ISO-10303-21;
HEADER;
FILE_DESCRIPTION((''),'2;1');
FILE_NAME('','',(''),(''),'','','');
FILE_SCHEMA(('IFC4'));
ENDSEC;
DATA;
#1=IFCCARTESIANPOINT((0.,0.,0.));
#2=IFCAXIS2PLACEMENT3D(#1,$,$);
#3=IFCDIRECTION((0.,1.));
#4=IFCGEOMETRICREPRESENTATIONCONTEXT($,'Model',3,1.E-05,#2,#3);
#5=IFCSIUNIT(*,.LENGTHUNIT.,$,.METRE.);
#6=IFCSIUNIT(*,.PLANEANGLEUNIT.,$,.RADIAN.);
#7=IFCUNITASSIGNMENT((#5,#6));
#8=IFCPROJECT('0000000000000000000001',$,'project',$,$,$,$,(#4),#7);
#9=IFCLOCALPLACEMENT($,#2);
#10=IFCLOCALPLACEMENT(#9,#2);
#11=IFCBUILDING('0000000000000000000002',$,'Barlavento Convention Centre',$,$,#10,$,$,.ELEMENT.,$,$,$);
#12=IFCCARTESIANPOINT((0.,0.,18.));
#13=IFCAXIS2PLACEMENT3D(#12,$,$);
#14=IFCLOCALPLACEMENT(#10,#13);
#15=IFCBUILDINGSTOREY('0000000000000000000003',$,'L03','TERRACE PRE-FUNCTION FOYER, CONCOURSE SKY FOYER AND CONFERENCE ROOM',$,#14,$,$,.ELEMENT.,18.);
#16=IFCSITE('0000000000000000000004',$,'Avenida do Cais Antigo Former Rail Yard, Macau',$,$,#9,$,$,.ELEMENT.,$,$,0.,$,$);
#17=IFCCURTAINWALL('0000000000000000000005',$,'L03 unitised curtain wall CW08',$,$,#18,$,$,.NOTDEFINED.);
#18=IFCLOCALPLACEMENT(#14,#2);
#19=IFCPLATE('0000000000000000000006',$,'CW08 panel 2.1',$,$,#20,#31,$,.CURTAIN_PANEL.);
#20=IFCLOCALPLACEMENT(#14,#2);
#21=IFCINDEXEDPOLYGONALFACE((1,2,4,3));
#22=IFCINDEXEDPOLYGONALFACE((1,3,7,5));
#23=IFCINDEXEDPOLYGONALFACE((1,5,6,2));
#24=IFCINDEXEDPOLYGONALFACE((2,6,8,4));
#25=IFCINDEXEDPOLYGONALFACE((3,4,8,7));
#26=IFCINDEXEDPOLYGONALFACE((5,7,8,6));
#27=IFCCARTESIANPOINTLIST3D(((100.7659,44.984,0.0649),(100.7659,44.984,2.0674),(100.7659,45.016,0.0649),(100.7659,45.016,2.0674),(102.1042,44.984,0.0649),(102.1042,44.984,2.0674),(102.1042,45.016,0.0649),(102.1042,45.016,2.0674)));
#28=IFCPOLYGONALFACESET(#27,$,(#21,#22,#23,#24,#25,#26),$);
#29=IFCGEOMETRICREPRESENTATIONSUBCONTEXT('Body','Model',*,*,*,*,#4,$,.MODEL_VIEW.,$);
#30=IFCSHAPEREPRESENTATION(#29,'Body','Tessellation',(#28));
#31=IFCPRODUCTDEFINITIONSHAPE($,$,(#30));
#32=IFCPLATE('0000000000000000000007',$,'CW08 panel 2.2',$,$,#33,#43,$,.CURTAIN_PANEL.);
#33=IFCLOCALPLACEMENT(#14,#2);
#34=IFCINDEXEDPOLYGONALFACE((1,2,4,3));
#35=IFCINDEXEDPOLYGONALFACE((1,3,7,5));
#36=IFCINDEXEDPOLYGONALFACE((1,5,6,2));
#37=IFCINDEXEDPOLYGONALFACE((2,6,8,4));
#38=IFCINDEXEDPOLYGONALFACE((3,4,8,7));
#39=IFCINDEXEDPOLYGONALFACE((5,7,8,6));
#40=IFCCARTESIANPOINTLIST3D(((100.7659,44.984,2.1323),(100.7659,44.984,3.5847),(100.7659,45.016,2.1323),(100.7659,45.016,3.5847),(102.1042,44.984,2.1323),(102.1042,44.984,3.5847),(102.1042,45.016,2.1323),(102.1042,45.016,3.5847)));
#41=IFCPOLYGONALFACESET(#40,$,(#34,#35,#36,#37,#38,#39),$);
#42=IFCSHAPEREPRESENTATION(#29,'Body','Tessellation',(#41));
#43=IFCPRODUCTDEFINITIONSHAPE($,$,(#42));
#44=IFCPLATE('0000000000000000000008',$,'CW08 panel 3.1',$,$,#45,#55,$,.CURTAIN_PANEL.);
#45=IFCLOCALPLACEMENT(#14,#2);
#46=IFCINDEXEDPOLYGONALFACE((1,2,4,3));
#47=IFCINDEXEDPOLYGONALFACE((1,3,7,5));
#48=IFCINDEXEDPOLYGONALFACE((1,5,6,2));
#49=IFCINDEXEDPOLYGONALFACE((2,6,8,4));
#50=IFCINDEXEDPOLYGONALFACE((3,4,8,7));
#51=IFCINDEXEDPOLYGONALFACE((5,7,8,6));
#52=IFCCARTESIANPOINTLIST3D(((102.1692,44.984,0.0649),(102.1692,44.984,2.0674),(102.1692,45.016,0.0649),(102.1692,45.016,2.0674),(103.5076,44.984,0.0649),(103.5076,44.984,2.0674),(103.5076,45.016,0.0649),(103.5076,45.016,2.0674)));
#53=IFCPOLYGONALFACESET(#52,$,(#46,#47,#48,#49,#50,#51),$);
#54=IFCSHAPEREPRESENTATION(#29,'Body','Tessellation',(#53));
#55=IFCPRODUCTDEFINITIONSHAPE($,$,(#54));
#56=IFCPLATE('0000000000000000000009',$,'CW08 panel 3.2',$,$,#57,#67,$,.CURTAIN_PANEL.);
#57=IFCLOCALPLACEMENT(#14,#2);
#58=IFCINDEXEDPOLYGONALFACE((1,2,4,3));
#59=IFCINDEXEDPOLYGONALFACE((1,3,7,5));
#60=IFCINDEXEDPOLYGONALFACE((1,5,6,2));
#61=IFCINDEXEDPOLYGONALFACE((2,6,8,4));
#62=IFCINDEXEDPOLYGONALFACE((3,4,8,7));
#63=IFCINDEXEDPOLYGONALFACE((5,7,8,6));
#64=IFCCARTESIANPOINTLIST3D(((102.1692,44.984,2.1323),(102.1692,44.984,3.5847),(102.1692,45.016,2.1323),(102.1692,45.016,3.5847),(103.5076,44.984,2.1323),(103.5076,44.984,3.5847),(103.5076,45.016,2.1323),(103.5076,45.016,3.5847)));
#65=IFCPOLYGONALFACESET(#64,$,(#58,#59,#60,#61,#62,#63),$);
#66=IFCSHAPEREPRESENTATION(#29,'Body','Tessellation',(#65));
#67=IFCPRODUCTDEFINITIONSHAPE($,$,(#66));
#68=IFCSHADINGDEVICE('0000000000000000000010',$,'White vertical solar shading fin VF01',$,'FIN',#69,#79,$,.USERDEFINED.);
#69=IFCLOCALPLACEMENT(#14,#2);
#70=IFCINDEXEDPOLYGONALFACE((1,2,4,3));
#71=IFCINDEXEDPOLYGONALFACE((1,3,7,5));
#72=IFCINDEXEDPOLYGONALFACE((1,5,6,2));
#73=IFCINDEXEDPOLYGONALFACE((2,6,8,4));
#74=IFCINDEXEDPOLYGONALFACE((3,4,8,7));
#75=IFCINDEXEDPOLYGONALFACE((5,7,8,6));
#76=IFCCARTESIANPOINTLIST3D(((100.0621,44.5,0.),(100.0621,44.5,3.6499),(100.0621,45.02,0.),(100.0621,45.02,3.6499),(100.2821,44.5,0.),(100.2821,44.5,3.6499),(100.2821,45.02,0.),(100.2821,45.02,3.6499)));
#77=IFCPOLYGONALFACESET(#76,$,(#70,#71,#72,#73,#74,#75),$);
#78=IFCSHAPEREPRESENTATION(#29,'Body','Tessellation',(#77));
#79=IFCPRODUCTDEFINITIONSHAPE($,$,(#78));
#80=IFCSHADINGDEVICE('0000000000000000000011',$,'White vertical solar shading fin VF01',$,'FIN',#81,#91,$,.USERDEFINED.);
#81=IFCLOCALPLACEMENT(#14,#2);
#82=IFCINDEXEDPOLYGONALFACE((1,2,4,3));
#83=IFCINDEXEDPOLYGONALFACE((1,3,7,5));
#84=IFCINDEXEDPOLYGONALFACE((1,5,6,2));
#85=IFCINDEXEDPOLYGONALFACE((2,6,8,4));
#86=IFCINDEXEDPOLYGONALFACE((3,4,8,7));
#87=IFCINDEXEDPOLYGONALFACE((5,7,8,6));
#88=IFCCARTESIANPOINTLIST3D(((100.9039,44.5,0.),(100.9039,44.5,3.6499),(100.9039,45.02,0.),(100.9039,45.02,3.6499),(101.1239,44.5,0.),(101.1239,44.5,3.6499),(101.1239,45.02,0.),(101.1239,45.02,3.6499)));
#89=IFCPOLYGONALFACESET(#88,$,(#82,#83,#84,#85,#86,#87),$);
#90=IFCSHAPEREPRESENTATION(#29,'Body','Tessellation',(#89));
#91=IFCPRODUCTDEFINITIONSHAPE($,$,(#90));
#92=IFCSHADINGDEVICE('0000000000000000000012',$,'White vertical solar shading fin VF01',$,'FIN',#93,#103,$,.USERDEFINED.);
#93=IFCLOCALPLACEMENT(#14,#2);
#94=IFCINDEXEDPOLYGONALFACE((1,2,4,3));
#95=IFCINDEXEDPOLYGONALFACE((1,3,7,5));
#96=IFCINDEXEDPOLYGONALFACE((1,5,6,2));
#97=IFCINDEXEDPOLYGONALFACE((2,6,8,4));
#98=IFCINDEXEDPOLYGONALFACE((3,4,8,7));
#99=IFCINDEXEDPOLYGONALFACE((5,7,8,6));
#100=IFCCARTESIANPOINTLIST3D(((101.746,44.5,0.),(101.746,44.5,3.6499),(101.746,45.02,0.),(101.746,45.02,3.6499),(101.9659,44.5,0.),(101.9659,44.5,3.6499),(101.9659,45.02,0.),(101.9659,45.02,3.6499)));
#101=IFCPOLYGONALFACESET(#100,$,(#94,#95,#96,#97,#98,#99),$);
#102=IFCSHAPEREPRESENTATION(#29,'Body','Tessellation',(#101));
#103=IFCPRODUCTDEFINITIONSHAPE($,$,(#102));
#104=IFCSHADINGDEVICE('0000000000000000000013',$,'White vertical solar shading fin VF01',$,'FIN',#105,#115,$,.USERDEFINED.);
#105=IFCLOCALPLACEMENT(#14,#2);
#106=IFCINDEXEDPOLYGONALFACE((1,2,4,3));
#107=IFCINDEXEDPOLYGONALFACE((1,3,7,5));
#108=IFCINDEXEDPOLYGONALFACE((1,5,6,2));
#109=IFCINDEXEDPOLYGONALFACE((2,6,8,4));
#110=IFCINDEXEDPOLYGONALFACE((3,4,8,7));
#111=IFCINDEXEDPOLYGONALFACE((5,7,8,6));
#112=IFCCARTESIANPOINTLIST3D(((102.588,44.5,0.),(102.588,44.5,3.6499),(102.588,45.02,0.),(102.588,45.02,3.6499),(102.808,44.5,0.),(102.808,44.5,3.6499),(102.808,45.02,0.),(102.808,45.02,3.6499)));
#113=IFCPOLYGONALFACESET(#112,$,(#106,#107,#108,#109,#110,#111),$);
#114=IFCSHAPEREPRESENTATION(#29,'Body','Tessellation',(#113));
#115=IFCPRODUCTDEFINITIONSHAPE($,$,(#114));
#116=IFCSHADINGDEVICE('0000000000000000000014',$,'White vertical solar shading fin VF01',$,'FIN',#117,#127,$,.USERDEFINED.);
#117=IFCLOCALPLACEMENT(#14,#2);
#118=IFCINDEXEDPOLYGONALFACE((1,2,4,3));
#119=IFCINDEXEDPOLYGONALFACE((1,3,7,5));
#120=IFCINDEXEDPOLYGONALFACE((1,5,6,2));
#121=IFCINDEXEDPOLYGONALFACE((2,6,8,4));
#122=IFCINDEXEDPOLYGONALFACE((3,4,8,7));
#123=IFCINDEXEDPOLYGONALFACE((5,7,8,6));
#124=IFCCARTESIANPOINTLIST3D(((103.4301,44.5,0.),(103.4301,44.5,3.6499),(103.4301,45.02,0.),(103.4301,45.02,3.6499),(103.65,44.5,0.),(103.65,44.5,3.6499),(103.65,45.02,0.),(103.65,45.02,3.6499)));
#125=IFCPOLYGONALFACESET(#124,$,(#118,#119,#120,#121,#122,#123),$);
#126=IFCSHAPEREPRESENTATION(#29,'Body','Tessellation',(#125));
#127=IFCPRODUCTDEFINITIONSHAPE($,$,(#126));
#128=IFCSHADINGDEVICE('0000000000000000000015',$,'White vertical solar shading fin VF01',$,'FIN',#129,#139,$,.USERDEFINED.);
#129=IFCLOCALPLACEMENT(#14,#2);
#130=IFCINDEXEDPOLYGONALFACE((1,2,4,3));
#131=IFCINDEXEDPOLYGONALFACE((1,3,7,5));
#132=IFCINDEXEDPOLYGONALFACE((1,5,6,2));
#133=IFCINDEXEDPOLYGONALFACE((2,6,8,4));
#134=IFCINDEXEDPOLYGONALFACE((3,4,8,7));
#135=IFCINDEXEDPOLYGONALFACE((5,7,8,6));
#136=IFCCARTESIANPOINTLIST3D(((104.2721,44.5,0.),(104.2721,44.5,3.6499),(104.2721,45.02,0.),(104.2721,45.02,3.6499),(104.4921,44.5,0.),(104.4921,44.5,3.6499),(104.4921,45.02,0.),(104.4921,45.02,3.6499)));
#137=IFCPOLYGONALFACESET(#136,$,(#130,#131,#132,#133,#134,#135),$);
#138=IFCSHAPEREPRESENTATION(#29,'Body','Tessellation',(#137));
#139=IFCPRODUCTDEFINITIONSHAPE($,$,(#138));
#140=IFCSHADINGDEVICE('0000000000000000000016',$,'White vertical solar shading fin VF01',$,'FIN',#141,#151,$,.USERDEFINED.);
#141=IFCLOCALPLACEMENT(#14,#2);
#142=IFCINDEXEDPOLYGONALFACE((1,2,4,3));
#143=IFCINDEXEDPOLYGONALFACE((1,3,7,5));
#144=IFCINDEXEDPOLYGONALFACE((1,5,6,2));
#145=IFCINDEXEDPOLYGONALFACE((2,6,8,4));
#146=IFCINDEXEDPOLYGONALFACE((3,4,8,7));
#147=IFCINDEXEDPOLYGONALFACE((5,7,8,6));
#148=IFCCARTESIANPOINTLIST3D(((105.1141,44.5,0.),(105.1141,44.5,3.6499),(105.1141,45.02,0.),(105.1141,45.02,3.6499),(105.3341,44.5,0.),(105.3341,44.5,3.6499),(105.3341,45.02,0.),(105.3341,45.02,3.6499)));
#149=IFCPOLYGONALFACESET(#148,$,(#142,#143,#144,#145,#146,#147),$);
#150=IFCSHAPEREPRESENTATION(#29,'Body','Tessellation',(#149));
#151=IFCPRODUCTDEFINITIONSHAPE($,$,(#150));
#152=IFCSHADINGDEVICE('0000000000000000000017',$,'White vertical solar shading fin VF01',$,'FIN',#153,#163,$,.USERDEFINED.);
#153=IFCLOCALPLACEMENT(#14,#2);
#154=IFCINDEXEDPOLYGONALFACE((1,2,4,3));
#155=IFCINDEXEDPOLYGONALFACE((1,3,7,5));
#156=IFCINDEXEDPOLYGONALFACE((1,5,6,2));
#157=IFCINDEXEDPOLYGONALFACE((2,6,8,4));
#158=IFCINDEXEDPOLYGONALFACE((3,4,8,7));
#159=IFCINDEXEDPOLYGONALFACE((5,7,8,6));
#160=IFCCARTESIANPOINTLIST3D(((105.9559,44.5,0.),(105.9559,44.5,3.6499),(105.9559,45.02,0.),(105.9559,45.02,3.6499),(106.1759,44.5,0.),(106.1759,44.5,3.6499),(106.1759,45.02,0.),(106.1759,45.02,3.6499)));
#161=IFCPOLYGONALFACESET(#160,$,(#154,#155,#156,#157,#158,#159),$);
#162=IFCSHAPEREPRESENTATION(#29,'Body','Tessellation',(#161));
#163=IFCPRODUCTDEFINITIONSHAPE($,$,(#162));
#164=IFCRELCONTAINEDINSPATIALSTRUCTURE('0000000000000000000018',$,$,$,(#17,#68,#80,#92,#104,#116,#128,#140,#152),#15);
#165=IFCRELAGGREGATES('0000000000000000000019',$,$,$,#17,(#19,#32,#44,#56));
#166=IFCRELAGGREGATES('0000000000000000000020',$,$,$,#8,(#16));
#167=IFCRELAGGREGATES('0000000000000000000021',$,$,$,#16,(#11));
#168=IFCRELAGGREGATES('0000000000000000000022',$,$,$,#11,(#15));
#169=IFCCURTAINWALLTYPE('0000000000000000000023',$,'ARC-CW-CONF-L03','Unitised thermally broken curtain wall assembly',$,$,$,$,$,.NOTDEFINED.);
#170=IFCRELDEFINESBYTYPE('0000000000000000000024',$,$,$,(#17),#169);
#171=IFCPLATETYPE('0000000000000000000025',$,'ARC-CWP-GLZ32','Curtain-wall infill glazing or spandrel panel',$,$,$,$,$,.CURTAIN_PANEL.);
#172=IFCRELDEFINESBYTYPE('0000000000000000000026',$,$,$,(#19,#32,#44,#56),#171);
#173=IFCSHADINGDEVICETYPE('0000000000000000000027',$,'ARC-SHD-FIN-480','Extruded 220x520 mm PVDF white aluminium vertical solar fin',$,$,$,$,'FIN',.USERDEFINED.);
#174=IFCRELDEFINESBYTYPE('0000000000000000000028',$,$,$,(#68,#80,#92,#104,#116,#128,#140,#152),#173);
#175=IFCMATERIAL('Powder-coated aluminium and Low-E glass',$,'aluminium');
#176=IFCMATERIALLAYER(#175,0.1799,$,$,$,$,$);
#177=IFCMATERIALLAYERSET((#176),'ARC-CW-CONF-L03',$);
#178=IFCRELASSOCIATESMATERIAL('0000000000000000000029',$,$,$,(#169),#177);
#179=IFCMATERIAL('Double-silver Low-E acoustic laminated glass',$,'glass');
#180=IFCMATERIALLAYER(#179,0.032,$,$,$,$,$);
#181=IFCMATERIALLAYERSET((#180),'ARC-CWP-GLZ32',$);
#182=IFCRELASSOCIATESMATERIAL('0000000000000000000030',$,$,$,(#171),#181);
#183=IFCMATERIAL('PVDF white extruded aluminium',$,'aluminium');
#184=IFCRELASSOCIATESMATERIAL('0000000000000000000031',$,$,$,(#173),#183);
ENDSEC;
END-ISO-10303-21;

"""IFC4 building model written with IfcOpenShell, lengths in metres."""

from ifc_helpers import new_model, si_unit, direction, frame, origin, origin_2d, place, context, subcontext, project, spatial, rectangle, extrude, material, layer, layer_set, type_object, element, aggregate, save


model = new_model("IFC4")

# Units and contexts
model_context = context("Model", 3, precision=1e-05, world=origin(), true_north=direction((0.0, 1.0)))
body_context = subcontext(model_context, "Body", "Model", "MODEL_VIEW")
ifc_project = project(units=[si_unit("LENGTHUNIT", "METRE"), si_unit("PLANEANGLEUNIT", "RADIAN")], contexts=[model_context])

# Site, building, storey
site_placement = place(None, origin())
site = spatial("IfcSite", under=ifc_project, at=site_placement, Name="Avenida do Cais Antigo Former Rail Yard, Macau", CompositionType="ELEMENT", RefElevation=0.0)
building_placement = place(site_placement, origin())
building = spatial("IfcBuilding", under=site, at=building_placement, Name="Barlavento Convention Centre", CompositionType="ELEMENT")
storey_placement = place(building_placement, frame((0.0, 0.0, 18.0)))
storey = spatial("IfcBuildingStorey", under=building, at=storey_placement, Name="L03", Description="TERRACE PRE-FUNCTION FOYER, CONCOURSE SKY FOYER AND CONFERENCE ROOM", CompositionType="ELEMENT", Elevation=18.0)

# Curtain wall
ifc_material_1 = material(Name="Powder-coated aluminium and Low-E glass", Category="aluminium")
ifc_layer_1 = layer(ifc_material_1, 0.1799)
ifc_layer_set_1 = layer_set([ifc_layer_1], Name="ARC-CW-CONF-L03")
curtain_wall_type = type_object("IfcCurtainWallType", Name="ARC-CW-CONF-L03", Description="Unitised thermally broken curtain wall assembly", PredefinedType="NOTDEFINED", material=ifc_layer_set_1)
curtain_wall_placement = place(storey_placement, origin())
curtain_wall = element("IfcCurtainWall", 1, at=curtain_wall_placement, inside=storey, type_object=curtain_wall_type, Name="L03 unitised curtain wall CW08", PredefinedType="NOTDEFINED")

# Plates
ifc_material_2 = material(Name="Double-silver Low-E acoustic laminated glass", Category="glass")
ifc_layer_2 = layer(ifc_material_2, 0.032)
ifc_layer_set_2 = layer_set([ifc_layer_2], Name="ARC-CWP-GLZ32")
plate_type = type_object("IfcPlateType", Name="ARC-CWP-GLZ32", Description="Curtain-wall infill glazing or spandrel panel", PredefinedType="CURTAIN_PANEL", material=ifc_layer_set_2)
plate_1_placement = place(storey_placement, frame((101.4351, 45.0, 0.0649), z_axis=(0.0, 0.0, 1.0), x_axis=(1.0, 0.0, 0.0)))
plate_1 = element("IfcPlate", 2, at=plate_1_placement, type_object=plate_type, Name="CW08 panel 2.1", PredefinedType="CURTAIN_PANEL", context=body_context, shape_type="SweptSolid", body=[
    extrude(rectangle(XDim=1.3384, YDim=0.032, at=origin_2d()), origin(), (0.0, 0.0, 1.0), 2.0024),
])
plate_2_placement = place(storey_placement, frame((101.4351, 45.0, 2.1323), z_axis=(0.0, 0.0, 1.0), x_axis=(1.0, 0.0, 0.0)))
plate_2 = element("IfcPlate", 3, at=plate_2_placement, type_object=plate_type, Name="CW08 panel 2.2", PredefinedType="CURTAIN_PANEL", context=body_context, shape_type="SweptSolid", body=[
    extrude(rectangle(XDim=1.3384, YDim=0.032, at=origin_2d()), origin(), (0.0, 0.0, 1.0), 1.4524),
])
plate_3_placement = place(storey_placement, frame((102.8384, 45.0, 0.0649), z_axis=(0.0, 0.0, 1.0), x_axis=(1.0, 0.0, 0.0)))
plate_3 = element("IfcPlate", 4, at=plate_3_placement, type_object=plate_type, Name="CW08 panel 3.1", PredefinedType="CURTAIN_PANEL", context=body_context, shape_type="SweptSolid", body=[
    extrude(rectangle(XDim=1.3384, YDim=0.032, at=origin_2d()), origin(), (0.0, 0.0, 1.0), 2.0024),
])
plate_4_placement = place(storey_placement, frame((102.8384, 45.0, 2.1323), z_axis=(0.0, 0.0, 1.0), x_axis=(1.0, 0.0, 0.0)))
plate_4 = element("IfcPlate", 5, at=plate_4_placement, type_object=plate_type, Name="CW08 panel 3.2", PredefinedType="CURTAIN_PANEL", context=body_context, shape_type="SweptSolid", body=[
    extrude(rectangle(XDim=1.3384, YDim=0.032, at=origin_2d()), origin(), (0.0, 0.0, 1.0), 1.4524),
])
aggregate(curtain_wall, [plate_1, plate_2, plate_3, plate_4])

# Shading devices
ifc_material_3 = material(Name="PVDF white extruded aluminium", Category="aluminium")
shading_device_type = type_object("IfcShadingDeviceType", Name="ARC-SHD-FIN-480", Description="Extruded 220x520 mm PVDF white aluminium vertical solar fin", ElementType="FIN", PredefinedType="USERDEFINED", material=ifc_material_3)
for number, where, z_axis, x_axis, name in (
    (6, (100.1721, 44.76, 0.0), (0.0, 0.0, 1.0), (1.0, 0.0, 0.0), "White vertical solar shading fin VF01"),
    (7, (101.0139, 44.76, 0.0), (0.0, 0.0, 1.0), (1.0, 0.0, 0.0), "White vertical solar shading fin VF01"),
    (8, (101.856, 44.76, 0.0), (0.0, 0.0, 1.0), (1.0, 0.0, 0.0), "White vertical solar shading fin VF01"),
    (9, (102.698, 44.76, 0.0), (0.0, 0.0, 1.0), (1.0, 0.0, 0.0), "White vertical solar shading fin VF01"),
    (10, (103.54, 44.76, 0.0), (0.0, 0.0, 1.0), (1.0, 0.0, 0.0), "White vertical solar shading fin VF01"),
    (11, (104.3821, 44.76, 0.0), (0.0, 0.0, 1.0), (1.0, 0.0, 0.0), "White vertical solar shading fin VF01"),
    (12, (105.2241, 44.76, 0.0), (0.0, 0.0, 1.0), (1.0, 0.0, 0.0), "White vertical solar shading fin VF01"),
    (13, (106.0659, 44.76, 0.0), (0.0, 0.0, 1.0), (1.0, 0.0, 0.0), "White vertical solar shading fin VF01"),
):
    element("IfcShadingDevice", number, at=place(storey_placement, frame(where, z_axis=z_axis, x_axis=x_axis)), inside=storey, type_object=shading_device_type, Name=name, ObjectType="FIN", PredefinedType="USERDEFINED", context=body_context, shape_type="SweptSolid", body=[
        extrude(rectangle(XDim=0.22, YDim=0.52, at=origin_2d()), origin(), (0.0, 0.0, 1.0), 3.6499),
    ])

save(model, "model.ifc")
